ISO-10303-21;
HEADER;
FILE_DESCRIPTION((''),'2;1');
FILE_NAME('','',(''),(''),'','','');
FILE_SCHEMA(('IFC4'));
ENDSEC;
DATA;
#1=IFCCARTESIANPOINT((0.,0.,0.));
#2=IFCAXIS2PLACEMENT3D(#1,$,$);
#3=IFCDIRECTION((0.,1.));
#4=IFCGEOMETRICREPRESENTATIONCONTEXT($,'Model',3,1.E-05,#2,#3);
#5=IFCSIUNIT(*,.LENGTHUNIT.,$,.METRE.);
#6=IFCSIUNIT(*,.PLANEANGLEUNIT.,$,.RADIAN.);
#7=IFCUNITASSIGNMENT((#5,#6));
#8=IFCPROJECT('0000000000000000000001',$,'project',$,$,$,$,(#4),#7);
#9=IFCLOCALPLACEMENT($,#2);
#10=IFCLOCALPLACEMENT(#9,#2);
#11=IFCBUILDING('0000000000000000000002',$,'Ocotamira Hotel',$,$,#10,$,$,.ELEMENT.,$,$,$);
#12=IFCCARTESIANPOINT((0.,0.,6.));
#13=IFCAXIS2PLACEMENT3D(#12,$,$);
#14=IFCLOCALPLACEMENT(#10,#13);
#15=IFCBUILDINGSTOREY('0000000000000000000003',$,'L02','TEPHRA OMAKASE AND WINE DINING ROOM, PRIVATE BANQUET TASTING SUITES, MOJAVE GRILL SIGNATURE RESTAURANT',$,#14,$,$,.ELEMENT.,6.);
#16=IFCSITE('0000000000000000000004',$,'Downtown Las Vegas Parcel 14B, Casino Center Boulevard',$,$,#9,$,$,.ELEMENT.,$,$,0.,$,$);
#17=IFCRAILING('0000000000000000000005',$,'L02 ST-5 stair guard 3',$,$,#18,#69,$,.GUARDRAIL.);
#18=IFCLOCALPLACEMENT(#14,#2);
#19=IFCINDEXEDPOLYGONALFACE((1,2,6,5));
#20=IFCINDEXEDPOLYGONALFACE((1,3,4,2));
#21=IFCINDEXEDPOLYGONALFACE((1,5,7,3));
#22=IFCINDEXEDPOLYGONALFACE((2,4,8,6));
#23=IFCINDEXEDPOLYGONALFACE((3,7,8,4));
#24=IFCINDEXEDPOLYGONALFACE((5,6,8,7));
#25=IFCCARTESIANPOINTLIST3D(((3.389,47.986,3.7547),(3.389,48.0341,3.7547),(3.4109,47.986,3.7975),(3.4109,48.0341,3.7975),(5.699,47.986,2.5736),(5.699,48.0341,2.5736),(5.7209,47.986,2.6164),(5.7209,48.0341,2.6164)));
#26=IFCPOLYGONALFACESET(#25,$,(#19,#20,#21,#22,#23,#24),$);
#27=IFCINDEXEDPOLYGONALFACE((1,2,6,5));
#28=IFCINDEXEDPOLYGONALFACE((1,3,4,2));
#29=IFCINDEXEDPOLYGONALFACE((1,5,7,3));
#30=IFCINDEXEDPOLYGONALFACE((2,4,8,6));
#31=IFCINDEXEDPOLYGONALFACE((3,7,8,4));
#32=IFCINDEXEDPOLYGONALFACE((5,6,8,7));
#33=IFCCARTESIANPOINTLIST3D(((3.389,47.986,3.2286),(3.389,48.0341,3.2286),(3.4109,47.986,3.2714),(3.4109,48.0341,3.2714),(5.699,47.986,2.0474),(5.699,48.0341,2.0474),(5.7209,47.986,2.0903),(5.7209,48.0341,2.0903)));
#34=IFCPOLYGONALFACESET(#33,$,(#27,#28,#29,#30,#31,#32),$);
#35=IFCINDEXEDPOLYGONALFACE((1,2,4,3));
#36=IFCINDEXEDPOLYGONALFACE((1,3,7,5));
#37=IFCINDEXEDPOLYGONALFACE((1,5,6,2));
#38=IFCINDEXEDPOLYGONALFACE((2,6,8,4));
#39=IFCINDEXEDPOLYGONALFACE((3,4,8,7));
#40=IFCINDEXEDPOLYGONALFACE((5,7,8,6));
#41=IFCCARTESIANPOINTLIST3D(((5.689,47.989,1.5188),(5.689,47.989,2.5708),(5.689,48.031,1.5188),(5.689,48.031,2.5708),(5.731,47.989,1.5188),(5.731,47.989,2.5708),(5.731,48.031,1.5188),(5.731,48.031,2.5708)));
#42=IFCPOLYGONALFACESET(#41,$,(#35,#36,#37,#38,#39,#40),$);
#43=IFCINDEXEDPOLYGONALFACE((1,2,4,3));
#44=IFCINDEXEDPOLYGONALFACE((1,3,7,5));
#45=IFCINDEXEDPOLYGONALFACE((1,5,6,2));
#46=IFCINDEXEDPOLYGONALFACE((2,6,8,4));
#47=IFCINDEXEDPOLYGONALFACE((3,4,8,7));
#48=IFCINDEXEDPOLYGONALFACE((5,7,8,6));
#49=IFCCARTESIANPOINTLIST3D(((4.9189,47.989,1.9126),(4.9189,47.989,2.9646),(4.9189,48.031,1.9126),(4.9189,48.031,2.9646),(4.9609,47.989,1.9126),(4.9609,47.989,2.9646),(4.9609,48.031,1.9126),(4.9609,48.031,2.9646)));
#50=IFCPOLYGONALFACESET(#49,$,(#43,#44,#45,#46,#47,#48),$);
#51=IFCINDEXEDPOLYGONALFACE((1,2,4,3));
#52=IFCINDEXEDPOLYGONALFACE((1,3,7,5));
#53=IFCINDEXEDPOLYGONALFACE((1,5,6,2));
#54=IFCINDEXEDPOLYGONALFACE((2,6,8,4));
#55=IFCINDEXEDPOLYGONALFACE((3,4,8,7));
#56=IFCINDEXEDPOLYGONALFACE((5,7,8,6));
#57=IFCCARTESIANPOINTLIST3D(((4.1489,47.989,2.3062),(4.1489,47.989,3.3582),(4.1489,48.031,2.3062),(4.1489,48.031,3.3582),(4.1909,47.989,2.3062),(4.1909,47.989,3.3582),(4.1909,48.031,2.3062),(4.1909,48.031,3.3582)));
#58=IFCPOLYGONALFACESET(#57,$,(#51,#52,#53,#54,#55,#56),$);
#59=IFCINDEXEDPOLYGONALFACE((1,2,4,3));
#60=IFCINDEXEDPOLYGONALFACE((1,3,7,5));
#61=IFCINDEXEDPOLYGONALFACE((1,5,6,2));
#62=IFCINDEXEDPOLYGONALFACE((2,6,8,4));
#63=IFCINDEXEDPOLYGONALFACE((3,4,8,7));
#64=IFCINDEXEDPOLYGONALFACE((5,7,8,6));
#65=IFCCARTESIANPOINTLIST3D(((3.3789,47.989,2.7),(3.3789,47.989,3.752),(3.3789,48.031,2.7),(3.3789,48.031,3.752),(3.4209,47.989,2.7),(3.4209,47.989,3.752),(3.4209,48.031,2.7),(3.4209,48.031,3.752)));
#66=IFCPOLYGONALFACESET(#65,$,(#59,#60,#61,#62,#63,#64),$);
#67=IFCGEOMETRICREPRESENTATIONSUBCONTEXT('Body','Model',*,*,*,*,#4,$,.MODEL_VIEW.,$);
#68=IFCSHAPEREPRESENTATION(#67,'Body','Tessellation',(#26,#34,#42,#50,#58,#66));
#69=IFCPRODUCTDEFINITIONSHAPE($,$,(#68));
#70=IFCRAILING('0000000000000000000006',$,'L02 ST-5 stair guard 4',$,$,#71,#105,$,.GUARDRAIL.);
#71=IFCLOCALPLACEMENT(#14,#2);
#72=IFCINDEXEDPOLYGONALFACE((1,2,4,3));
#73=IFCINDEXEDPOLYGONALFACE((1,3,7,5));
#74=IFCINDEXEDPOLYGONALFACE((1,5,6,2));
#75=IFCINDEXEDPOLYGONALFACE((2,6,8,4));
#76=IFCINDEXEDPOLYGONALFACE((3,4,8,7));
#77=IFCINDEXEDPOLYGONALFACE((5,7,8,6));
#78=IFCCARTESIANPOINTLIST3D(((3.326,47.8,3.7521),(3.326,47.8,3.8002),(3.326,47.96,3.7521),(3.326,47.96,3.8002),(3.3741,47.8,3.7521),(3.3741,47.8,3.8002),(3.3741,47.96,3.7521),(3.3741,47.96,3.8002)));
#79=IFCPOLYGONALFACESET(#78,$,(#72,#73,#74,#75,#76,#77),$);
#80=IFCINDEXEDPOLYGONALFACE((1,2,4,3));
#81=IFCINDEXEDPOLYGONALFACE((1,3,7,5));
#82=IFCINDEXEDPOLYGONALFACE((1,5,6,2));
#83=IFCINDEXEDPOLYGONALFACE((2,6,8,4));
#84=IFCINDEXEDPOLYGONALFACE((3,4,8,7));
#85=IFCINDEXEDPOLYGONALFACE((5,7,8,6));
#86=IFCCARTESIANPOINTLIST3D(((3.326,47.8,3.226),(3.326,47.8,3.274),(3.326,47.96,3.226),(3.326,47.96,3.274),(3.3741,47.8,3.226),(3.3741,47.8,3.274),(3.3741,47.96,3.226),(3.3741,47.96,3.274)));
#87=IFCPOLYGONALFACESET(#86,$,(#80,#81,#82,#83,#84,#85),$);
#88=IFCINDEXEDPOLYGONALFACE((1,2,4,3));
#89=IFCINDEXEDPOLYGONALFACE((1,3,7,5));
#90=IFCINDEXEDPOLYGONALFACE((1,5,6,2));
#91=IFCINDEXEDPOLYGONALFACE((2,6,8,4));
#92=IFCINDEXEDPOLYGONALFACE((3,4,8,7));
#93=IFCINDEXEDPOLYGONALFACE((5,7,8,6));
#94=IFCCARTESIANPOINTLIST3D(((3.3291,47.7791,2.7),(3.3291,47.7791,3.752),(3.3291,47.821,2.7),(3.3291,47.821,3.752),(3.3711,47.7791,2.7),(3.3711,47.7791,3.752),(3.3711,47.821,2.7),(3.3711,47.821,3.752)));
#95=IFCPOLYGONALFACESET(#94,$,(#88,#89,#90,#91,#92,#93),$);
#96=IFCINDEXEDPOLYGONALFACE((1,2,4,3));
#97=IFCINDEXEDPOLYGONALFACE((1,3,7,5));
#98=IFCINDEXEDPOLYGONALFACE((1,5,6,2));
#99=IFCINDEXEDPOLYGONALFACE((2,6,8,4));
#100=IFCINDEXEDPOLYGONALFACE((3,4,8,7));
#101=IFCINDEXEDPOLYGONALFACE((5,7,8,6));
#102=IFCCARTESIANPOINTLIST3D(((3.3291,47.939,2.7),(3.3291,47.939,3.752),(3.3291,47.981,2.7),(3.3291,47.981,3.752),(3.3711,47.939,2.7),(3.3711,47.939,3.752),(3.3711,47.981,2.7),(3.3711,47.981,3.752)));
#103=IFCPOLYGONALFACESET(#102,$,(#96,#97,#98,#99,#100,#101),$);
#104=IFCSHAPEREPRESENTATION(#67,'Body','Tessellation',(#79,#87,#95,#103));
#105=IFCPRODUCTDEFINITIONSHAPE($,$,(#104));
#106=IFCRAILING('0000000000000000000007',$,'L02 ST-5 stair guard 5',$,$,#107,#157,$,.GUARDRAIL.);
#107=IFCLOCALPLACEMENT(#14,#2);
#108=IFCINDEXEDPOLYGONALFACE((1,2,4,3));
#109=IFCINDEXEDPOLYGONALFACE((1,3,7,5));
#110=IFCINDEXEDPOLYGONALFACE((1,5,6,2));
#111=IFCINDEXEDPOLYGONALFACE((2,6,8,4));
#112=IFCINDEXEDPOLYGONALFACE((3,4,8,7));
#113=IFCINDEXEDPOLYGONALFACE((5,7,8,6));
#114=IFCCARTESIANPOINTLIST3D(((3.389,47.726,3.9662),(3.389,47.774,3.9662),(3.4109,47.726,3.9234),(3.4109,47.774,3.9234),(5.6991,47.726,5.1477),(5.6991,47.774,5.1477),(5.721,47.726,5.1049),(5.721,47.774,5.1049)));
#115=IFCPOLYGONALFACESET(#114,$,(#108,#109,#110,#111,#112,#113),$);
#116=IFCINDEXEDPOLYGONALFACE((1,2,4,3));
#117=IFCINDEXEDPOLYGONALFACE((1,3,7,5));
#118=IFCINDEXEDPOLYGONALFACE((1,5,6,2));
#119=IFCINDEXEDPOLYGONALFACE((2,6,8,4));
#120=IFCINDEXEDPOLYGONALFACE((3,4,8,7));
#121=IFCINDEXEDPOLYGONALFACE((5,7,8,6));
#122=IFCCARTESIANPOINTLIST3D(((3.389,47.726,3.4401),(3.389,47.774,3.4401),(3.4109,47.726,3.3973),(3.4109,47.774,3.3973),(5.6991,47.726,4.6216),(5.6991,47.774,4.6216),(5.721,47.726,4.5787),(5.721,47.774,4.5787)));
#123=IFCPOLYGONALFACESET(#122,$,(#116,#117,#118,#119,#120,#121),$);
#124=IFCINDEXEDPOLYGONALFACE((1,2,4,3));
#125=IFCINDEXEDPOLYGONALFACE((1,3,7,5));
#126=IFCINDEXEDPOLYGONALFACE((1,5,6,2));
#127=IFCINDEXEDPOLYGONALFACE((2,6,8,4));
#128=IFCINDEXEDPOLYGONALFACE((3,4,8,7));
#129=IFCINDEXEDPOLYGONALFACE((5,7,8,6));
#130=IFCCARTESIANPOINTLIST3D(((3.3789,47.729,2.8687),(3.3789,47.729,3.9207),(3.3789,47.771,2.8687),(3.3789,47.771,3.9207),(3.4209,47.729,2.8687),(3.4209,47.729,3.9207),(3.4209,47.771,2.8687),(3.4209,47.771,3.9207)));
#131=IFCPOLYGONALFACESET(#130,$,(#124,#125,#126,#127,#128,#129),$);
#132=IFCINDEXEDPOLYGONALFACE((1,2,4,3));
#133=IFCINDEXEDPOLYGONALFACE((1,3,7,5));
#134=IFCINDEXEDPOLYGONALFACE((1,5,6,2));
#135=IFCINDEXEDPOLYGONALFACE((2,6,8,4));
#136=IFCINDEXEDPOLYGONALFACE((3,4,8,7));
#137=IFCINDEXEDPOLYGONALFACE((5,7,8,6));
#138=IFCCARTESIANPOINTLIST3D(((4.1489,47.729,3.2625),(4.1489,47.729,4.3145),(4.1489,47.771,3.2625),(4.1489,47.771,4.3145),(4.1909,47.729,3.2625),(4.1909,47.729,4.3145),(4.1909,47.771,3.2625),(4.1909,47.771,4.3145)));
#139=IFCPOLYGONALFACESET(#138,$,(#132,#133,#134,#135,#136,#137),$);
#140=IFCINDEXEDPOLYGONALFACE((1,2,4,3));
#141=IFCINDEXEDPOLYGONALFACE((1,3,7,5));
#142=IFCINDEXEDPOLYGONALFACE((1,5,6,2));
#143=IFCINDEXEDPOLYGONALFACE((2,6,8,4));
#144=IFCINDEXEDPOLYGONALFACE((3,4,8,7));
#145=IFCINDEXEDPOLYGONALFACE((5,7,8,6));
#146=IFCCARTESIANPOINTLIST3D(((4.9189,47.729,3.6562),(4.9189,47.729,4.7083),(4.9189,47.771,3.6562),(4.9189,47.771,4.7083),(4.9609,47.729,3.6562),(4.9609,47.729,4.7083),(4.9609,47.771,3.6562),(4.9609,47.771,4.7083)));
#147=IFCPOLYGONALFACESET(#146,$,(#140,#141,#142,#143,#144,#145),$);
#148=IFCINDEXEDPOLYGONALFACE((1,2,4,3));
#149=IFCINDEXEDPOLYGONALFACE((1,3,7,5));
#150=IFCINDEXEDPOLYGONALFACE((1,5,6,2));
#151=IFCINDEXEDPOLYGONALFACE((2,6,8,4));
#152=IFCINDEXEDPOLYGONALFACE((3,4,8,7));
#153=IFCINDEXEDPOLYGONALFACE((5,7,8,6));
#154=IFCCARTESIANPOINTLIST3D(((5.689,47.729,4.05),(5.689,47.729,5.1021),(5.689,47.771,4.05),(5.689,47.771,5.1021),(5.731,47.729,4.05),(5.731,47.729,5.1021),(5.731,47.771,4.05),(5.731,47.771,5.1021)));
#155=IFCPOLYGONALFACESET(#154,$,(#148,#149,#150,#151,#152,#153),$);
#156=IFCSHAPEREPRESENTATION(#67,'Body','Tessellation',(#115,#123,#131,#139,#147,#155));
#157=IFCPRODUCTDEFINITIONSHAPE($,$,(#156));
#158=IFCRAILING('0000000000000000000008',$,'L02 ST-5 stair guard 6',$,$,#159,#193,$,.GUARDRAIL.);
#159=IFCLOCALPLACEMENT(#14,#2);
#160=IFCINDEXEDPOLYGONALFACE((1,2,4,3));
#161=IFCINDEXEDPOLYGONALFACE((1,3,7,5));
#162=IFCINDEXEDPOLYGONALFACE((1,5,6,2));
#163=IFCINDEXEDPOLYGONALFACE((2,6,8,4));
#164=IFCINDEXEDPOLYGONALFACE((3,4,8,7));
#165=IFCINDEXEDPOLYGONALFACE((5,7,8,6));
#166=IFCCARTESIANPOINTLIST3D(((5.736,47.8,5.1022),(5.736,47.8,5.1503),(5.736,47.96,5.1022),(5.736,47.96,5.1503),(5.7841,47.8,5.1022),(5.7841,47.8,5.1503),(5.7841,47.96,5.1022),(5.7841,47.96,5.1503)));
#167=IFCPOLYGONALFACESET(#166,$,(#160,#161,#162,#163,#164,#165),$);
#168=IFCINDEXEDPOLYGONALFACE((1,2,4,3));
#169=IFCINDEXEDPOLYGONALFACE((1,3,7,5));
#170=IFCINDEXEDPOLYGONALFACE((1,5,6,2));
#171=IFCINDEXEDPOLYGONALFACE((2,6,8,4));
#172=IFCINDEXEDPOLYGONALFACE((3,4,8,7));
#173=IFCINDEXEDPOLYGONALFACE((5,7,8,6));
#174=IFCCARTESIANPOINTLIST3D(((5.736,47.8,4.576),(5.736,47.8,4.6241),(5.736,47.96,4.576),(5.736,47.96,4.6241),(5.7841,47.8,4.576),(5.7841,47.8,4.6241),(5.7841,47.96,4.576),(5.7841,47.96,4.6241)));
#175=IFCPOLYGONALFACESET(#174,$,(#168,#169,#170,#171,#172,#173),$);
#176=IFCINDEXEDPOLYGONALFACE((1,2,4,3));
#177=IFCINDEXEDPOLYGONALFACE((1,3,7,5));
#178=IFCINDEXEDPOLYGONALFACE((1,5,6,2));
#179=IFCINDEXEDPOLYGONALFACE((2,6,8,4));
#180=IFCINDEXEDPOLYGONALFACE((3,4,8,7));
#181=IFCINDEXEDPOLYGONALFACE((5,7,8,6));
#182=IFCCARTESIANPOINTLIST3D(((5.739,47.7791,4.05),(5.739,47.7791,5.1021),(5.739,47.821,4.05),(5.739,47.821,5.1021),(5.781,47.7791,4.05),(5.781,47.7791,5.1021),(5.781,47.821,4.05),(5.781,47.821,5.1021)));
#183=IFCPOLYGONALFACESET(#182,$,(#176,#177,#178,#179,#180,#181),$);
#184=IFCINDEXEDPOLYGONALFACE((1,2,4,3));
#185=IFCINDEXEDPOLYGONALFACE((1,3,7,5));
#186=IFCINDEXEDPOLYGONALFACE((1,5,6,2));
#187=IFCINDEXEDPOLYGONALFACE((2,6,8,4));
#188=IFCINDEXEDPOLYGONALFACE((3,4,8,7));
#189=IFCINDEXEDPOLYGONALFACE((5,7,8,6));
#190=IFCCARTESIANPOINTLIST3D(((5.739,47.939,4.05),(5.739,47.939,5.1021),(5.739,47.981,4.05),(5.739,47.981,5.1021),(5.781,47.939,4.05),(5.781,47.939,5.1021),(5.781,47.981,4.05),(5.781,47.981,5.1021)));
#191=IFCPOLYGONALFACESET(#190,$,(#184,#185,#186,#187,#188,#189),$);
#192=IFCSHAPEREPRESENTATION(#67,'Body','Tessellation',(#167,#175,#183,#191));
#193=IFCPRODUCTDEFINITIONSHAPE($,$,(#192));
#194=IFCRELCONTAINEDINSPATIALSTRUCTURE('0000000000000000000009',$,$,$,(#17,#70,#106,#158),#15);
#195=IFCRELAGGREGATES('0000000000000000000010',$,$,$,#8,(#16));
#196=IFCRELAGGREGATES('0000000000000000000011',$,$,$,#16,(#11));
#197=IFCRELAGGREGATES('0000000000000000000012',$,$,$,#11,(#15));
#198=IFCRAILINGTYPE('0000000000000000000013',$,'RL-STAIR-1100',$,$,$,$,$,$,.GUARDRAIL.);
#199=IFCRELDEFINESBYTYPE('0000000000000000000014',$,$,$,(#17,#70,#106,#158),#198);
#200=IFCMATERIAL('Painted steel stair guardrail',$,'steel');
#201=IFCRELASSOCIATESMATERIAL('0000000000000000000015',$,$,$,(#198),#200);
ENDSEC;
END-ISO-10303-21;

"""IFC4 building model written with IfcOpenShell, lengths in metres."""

from ifc_helpers import new_model, si_unit, direction, frame, origin, origin_2d, place, context, subcontext, project, spatial, rectangle, extrude, material, type_object, element, save


model = new_model("IFC4")

# Units and contexts
model_context = context("Model", 3, precision=1e-05, world=origin(), true_north=direction((0.0, 1.0)))
body_context = subcontext(model_context, "Body", "Model", "MODEL_VIEW")
ifc_project = project(units=[si_unit("LENGTHUNIT", "METRE"), si_unit("PLANEANGLEUNIT", "RADIAN")], contexts=[model_context])

# Site, building, storey
site_placement = place(None, origin())
site = spatial("IfcSite", under=ifc_project, at=site_placement, Name="Downtown Las Vegas Parcel 14B, Casino Center Boulevard", CompositionType="ELEMENT", RefElevation=0.0)
building_placement = place(site_placement, origin())
building = spatial("IfcBuilding", under=site, at=building_placement, Name="Ocotamira Hotel", CompositionType="ELEMENT")
storey_placement = place(building_placement, frame((0.0, 0.0, 6.0)))
storey = spatial("IfcBuildingStorey", under=building, at=storey_placement, Name="L02", Description="TEPHRA OMAKASE AND WINE DINING ROOM, PRIVATE BANQUET TASTING SUITES, MOJAVE GRILL SIGNATURE RESTAURANT", CompositionType="ELEMENT", Elevation=6.0)

# Railings
ifc_material_1 = material(Name="Painted steel stair guardrail", Category="steel")
railing_type_1 = type_object("IfcRailingType", Name="RL-STAIR-1100", PredefinedType="GUARDRAIL", material=ifc_material_1)
railing_1_placement = place(storey_placement, frame((5.71, 48.01, 1.5188)))
element("IfcRailing", 1, at=railing_1_placement, inside=storey, type_object=railing_type_1, Name="L02 ST-5 stair guard 3", PredefinedType="GUARDRAIL", context=body_context, shape_type="SweptSolid", body=[
    extrude(rectangle(XDim=0.0481, YDim=0.0481, at=origin_2d()), frame((0.0, 0.0, 1.0762), z_axis=(-0.890363, 0.0, 0.45525), x_axis=(0.0, -1.0, 0.0)), (0.0, 0.0, 1.0), 2.5945),
    extrude(rectangle(XDim=0.0481, YDim=0.0481, at=origin_2d()), frame((0.0, 0.0, 0.55), z_axis=(-0.890363, 0.0, 0.45525), x_axis=(0.0, -1.0, 0.0)), (0.0, 0.0, 1.0), 2.5945),
    extrude(rectangle(XDim=0.042, YDim=0.042, at=origin_2d()), origin(), (0.0, 0.0, 1.0), 1.052),
    extrude(rectangle(XDim=0.042, YDim=0.042, at=origin_2d()), frame((-0.77, 0.0, 0.3938)), (0.0, 0.0, 1.0), 1.052),
    extrude(rectangle(XDim=0.042, YDim=0.042, at=origin_2d()), frame((-1.54, 0.0, 0.7874)), (0.0, 0.0, 1.0), 1.052),
    extrude(rectangle(XDim=0.042, YDim=0.042, at=origin_2d()), frame((-2.3101, 0.0, 1.1812)), (0.0, 0.0, 1.0), 1.052),
])
railing_2_placement = place(storey_placement, frame((3.3501, 47.8, 2.7)))
element("IfcRailing", 2, at=railing_2_placement, inside=storey, type_object=railing_type_1, Name="L02 ST-5 stair guard 4", PredefinedType="GUARDRAIL", context=body_context, shape_type="SweptSolid", body=[
    extrude(rectangle(XDim=0.0481, YDim=0.0481, at=origin_2d()), frame((0.0, 0.0, 1.0762), z_axis=(0.0, 1.0, 0.0), x_axis=(-1.0, 0.0, 0.0)), (0.0, 0.0, 1.0), 0.1599),
    extrude(rectangle(XDim=0.0481, YDim=0.0481, at=origin_2d()), frame((0.0, 0.0, 0.55), z_axis=(0.0, 1.0, 0.0), x_axis=(-1.0, 0.0, 0.0)), (0.0, 0.0, 1.0), 0.1599),
    extrude(rectangle(XDim=0.042, YDim=0.042, at=origin_2d()), origin(), (0.0, 0.0, 1.0), 1.052),
    extrude(rectangle(XDim=0.042, YDim=0.042, at=origin_2d()), frame((0.0, 0.1599, 0.0)), (0.0, 0.0, 1.0), 1.052),
])
railing_3_placement = place(storey_placement, frame((3.3999, 47.75, 2.8687)))
element("IfcRailing", 3, at=railing_3_placement, inside=storey, type_object=railing_type_1, Name="L02 ST-5 stair guard 5", PredefinedType="GUARDRAIL", context=body_context, shape_type="SweptSolid", body=[
    extrude(rectangle(XDim=0.0481, YDim=0.0481, at=origin_2d()), frame((0.0, 0.0, 1.0762), z_axis=(0.890325, 0.0, 0.455325), x_axis=(0.0, 1.0, 0.0)), (0.0, 0.0, 1.0), 2.5947),
    extrude(rectangle(XDim=0.0481, YDim=0.0481, at=origin_2d()), frame((0.0, 0.0, 0.55), z_axis=(0.890325, 0.0, 0.455325), x_axis=(0.0, 1.0, 0.0)), (0.0, 0.0, 1.0), 2.5947),
    extrude(rectangle(XDim=0.042, YDim=0.042, at=origin_2d()), origin(), (0.0, 0.0, 1.0), 1.052),
    extrude(rectangle(XDim=0.042, YDim=0.042, at=origin_2d()), frame((0.77, 0.0, 0.3938)), (0.0, 0.0, 1.0), 1.052),
    extrude(rectangle(XDim=0.042, YDim=0.042, at=origin_2d()), frame((1.54, 0.0, 0.7876)), (0.0, 0.0, 1.0), 1.052),
    extrude(rectangle(XDim=0.042, YDim=0.042, at=origin_2d()), frame((2.3101, 0.0, 1.1814)), (0.0, 0.0, 1.0), 1.052),
])
railing_4_placement = place(storey_placement, frame((5.76, 47.8, 4.05)))
element("IfcRailing", 4, at=railing_4_placement, inside=storey, type_object=railing_type_1, Name="L02 ST-5 stair guard 6", PredefinedType="GUARDRAIL", context=body_context, shape_type="SweptSolid", body=[
    extrude(rectangle(XDim=0.0481, YDim=0.0481, at=origin_2d()), frame((0.0, 0.0, 1.0762), z_axis=(0.0, 1.0, 0.0), x_axis=(-1.0, 0.0, 0.0)), (0.0, 0.0, 1.0), 0.1599),
    extrude(rectangle(XDim=0.0481, YDim=0.0481, at=origin_2d()), frame((0.0, 0.0, 0.55), z_axis=(0.0, 1.0, 0.0), x_axis=(-1.0, 0.0, 0.0)), (0.0, 0.0, 1.0), 0.1599),
    extrude(rectangle(XDim=0.042, YDim=0.042, at=origin_2d()), origin(), (0.0, 0.0, 1.0), 1.052),
    extrude(rectangle(XDim=0.042, YDim=0.042, at=origin_2d()), frame((0.0, 0.1599, 0.0)), (0.0, 0.0, 1.0), 1.052),
])

save(model, "model.ifc")
